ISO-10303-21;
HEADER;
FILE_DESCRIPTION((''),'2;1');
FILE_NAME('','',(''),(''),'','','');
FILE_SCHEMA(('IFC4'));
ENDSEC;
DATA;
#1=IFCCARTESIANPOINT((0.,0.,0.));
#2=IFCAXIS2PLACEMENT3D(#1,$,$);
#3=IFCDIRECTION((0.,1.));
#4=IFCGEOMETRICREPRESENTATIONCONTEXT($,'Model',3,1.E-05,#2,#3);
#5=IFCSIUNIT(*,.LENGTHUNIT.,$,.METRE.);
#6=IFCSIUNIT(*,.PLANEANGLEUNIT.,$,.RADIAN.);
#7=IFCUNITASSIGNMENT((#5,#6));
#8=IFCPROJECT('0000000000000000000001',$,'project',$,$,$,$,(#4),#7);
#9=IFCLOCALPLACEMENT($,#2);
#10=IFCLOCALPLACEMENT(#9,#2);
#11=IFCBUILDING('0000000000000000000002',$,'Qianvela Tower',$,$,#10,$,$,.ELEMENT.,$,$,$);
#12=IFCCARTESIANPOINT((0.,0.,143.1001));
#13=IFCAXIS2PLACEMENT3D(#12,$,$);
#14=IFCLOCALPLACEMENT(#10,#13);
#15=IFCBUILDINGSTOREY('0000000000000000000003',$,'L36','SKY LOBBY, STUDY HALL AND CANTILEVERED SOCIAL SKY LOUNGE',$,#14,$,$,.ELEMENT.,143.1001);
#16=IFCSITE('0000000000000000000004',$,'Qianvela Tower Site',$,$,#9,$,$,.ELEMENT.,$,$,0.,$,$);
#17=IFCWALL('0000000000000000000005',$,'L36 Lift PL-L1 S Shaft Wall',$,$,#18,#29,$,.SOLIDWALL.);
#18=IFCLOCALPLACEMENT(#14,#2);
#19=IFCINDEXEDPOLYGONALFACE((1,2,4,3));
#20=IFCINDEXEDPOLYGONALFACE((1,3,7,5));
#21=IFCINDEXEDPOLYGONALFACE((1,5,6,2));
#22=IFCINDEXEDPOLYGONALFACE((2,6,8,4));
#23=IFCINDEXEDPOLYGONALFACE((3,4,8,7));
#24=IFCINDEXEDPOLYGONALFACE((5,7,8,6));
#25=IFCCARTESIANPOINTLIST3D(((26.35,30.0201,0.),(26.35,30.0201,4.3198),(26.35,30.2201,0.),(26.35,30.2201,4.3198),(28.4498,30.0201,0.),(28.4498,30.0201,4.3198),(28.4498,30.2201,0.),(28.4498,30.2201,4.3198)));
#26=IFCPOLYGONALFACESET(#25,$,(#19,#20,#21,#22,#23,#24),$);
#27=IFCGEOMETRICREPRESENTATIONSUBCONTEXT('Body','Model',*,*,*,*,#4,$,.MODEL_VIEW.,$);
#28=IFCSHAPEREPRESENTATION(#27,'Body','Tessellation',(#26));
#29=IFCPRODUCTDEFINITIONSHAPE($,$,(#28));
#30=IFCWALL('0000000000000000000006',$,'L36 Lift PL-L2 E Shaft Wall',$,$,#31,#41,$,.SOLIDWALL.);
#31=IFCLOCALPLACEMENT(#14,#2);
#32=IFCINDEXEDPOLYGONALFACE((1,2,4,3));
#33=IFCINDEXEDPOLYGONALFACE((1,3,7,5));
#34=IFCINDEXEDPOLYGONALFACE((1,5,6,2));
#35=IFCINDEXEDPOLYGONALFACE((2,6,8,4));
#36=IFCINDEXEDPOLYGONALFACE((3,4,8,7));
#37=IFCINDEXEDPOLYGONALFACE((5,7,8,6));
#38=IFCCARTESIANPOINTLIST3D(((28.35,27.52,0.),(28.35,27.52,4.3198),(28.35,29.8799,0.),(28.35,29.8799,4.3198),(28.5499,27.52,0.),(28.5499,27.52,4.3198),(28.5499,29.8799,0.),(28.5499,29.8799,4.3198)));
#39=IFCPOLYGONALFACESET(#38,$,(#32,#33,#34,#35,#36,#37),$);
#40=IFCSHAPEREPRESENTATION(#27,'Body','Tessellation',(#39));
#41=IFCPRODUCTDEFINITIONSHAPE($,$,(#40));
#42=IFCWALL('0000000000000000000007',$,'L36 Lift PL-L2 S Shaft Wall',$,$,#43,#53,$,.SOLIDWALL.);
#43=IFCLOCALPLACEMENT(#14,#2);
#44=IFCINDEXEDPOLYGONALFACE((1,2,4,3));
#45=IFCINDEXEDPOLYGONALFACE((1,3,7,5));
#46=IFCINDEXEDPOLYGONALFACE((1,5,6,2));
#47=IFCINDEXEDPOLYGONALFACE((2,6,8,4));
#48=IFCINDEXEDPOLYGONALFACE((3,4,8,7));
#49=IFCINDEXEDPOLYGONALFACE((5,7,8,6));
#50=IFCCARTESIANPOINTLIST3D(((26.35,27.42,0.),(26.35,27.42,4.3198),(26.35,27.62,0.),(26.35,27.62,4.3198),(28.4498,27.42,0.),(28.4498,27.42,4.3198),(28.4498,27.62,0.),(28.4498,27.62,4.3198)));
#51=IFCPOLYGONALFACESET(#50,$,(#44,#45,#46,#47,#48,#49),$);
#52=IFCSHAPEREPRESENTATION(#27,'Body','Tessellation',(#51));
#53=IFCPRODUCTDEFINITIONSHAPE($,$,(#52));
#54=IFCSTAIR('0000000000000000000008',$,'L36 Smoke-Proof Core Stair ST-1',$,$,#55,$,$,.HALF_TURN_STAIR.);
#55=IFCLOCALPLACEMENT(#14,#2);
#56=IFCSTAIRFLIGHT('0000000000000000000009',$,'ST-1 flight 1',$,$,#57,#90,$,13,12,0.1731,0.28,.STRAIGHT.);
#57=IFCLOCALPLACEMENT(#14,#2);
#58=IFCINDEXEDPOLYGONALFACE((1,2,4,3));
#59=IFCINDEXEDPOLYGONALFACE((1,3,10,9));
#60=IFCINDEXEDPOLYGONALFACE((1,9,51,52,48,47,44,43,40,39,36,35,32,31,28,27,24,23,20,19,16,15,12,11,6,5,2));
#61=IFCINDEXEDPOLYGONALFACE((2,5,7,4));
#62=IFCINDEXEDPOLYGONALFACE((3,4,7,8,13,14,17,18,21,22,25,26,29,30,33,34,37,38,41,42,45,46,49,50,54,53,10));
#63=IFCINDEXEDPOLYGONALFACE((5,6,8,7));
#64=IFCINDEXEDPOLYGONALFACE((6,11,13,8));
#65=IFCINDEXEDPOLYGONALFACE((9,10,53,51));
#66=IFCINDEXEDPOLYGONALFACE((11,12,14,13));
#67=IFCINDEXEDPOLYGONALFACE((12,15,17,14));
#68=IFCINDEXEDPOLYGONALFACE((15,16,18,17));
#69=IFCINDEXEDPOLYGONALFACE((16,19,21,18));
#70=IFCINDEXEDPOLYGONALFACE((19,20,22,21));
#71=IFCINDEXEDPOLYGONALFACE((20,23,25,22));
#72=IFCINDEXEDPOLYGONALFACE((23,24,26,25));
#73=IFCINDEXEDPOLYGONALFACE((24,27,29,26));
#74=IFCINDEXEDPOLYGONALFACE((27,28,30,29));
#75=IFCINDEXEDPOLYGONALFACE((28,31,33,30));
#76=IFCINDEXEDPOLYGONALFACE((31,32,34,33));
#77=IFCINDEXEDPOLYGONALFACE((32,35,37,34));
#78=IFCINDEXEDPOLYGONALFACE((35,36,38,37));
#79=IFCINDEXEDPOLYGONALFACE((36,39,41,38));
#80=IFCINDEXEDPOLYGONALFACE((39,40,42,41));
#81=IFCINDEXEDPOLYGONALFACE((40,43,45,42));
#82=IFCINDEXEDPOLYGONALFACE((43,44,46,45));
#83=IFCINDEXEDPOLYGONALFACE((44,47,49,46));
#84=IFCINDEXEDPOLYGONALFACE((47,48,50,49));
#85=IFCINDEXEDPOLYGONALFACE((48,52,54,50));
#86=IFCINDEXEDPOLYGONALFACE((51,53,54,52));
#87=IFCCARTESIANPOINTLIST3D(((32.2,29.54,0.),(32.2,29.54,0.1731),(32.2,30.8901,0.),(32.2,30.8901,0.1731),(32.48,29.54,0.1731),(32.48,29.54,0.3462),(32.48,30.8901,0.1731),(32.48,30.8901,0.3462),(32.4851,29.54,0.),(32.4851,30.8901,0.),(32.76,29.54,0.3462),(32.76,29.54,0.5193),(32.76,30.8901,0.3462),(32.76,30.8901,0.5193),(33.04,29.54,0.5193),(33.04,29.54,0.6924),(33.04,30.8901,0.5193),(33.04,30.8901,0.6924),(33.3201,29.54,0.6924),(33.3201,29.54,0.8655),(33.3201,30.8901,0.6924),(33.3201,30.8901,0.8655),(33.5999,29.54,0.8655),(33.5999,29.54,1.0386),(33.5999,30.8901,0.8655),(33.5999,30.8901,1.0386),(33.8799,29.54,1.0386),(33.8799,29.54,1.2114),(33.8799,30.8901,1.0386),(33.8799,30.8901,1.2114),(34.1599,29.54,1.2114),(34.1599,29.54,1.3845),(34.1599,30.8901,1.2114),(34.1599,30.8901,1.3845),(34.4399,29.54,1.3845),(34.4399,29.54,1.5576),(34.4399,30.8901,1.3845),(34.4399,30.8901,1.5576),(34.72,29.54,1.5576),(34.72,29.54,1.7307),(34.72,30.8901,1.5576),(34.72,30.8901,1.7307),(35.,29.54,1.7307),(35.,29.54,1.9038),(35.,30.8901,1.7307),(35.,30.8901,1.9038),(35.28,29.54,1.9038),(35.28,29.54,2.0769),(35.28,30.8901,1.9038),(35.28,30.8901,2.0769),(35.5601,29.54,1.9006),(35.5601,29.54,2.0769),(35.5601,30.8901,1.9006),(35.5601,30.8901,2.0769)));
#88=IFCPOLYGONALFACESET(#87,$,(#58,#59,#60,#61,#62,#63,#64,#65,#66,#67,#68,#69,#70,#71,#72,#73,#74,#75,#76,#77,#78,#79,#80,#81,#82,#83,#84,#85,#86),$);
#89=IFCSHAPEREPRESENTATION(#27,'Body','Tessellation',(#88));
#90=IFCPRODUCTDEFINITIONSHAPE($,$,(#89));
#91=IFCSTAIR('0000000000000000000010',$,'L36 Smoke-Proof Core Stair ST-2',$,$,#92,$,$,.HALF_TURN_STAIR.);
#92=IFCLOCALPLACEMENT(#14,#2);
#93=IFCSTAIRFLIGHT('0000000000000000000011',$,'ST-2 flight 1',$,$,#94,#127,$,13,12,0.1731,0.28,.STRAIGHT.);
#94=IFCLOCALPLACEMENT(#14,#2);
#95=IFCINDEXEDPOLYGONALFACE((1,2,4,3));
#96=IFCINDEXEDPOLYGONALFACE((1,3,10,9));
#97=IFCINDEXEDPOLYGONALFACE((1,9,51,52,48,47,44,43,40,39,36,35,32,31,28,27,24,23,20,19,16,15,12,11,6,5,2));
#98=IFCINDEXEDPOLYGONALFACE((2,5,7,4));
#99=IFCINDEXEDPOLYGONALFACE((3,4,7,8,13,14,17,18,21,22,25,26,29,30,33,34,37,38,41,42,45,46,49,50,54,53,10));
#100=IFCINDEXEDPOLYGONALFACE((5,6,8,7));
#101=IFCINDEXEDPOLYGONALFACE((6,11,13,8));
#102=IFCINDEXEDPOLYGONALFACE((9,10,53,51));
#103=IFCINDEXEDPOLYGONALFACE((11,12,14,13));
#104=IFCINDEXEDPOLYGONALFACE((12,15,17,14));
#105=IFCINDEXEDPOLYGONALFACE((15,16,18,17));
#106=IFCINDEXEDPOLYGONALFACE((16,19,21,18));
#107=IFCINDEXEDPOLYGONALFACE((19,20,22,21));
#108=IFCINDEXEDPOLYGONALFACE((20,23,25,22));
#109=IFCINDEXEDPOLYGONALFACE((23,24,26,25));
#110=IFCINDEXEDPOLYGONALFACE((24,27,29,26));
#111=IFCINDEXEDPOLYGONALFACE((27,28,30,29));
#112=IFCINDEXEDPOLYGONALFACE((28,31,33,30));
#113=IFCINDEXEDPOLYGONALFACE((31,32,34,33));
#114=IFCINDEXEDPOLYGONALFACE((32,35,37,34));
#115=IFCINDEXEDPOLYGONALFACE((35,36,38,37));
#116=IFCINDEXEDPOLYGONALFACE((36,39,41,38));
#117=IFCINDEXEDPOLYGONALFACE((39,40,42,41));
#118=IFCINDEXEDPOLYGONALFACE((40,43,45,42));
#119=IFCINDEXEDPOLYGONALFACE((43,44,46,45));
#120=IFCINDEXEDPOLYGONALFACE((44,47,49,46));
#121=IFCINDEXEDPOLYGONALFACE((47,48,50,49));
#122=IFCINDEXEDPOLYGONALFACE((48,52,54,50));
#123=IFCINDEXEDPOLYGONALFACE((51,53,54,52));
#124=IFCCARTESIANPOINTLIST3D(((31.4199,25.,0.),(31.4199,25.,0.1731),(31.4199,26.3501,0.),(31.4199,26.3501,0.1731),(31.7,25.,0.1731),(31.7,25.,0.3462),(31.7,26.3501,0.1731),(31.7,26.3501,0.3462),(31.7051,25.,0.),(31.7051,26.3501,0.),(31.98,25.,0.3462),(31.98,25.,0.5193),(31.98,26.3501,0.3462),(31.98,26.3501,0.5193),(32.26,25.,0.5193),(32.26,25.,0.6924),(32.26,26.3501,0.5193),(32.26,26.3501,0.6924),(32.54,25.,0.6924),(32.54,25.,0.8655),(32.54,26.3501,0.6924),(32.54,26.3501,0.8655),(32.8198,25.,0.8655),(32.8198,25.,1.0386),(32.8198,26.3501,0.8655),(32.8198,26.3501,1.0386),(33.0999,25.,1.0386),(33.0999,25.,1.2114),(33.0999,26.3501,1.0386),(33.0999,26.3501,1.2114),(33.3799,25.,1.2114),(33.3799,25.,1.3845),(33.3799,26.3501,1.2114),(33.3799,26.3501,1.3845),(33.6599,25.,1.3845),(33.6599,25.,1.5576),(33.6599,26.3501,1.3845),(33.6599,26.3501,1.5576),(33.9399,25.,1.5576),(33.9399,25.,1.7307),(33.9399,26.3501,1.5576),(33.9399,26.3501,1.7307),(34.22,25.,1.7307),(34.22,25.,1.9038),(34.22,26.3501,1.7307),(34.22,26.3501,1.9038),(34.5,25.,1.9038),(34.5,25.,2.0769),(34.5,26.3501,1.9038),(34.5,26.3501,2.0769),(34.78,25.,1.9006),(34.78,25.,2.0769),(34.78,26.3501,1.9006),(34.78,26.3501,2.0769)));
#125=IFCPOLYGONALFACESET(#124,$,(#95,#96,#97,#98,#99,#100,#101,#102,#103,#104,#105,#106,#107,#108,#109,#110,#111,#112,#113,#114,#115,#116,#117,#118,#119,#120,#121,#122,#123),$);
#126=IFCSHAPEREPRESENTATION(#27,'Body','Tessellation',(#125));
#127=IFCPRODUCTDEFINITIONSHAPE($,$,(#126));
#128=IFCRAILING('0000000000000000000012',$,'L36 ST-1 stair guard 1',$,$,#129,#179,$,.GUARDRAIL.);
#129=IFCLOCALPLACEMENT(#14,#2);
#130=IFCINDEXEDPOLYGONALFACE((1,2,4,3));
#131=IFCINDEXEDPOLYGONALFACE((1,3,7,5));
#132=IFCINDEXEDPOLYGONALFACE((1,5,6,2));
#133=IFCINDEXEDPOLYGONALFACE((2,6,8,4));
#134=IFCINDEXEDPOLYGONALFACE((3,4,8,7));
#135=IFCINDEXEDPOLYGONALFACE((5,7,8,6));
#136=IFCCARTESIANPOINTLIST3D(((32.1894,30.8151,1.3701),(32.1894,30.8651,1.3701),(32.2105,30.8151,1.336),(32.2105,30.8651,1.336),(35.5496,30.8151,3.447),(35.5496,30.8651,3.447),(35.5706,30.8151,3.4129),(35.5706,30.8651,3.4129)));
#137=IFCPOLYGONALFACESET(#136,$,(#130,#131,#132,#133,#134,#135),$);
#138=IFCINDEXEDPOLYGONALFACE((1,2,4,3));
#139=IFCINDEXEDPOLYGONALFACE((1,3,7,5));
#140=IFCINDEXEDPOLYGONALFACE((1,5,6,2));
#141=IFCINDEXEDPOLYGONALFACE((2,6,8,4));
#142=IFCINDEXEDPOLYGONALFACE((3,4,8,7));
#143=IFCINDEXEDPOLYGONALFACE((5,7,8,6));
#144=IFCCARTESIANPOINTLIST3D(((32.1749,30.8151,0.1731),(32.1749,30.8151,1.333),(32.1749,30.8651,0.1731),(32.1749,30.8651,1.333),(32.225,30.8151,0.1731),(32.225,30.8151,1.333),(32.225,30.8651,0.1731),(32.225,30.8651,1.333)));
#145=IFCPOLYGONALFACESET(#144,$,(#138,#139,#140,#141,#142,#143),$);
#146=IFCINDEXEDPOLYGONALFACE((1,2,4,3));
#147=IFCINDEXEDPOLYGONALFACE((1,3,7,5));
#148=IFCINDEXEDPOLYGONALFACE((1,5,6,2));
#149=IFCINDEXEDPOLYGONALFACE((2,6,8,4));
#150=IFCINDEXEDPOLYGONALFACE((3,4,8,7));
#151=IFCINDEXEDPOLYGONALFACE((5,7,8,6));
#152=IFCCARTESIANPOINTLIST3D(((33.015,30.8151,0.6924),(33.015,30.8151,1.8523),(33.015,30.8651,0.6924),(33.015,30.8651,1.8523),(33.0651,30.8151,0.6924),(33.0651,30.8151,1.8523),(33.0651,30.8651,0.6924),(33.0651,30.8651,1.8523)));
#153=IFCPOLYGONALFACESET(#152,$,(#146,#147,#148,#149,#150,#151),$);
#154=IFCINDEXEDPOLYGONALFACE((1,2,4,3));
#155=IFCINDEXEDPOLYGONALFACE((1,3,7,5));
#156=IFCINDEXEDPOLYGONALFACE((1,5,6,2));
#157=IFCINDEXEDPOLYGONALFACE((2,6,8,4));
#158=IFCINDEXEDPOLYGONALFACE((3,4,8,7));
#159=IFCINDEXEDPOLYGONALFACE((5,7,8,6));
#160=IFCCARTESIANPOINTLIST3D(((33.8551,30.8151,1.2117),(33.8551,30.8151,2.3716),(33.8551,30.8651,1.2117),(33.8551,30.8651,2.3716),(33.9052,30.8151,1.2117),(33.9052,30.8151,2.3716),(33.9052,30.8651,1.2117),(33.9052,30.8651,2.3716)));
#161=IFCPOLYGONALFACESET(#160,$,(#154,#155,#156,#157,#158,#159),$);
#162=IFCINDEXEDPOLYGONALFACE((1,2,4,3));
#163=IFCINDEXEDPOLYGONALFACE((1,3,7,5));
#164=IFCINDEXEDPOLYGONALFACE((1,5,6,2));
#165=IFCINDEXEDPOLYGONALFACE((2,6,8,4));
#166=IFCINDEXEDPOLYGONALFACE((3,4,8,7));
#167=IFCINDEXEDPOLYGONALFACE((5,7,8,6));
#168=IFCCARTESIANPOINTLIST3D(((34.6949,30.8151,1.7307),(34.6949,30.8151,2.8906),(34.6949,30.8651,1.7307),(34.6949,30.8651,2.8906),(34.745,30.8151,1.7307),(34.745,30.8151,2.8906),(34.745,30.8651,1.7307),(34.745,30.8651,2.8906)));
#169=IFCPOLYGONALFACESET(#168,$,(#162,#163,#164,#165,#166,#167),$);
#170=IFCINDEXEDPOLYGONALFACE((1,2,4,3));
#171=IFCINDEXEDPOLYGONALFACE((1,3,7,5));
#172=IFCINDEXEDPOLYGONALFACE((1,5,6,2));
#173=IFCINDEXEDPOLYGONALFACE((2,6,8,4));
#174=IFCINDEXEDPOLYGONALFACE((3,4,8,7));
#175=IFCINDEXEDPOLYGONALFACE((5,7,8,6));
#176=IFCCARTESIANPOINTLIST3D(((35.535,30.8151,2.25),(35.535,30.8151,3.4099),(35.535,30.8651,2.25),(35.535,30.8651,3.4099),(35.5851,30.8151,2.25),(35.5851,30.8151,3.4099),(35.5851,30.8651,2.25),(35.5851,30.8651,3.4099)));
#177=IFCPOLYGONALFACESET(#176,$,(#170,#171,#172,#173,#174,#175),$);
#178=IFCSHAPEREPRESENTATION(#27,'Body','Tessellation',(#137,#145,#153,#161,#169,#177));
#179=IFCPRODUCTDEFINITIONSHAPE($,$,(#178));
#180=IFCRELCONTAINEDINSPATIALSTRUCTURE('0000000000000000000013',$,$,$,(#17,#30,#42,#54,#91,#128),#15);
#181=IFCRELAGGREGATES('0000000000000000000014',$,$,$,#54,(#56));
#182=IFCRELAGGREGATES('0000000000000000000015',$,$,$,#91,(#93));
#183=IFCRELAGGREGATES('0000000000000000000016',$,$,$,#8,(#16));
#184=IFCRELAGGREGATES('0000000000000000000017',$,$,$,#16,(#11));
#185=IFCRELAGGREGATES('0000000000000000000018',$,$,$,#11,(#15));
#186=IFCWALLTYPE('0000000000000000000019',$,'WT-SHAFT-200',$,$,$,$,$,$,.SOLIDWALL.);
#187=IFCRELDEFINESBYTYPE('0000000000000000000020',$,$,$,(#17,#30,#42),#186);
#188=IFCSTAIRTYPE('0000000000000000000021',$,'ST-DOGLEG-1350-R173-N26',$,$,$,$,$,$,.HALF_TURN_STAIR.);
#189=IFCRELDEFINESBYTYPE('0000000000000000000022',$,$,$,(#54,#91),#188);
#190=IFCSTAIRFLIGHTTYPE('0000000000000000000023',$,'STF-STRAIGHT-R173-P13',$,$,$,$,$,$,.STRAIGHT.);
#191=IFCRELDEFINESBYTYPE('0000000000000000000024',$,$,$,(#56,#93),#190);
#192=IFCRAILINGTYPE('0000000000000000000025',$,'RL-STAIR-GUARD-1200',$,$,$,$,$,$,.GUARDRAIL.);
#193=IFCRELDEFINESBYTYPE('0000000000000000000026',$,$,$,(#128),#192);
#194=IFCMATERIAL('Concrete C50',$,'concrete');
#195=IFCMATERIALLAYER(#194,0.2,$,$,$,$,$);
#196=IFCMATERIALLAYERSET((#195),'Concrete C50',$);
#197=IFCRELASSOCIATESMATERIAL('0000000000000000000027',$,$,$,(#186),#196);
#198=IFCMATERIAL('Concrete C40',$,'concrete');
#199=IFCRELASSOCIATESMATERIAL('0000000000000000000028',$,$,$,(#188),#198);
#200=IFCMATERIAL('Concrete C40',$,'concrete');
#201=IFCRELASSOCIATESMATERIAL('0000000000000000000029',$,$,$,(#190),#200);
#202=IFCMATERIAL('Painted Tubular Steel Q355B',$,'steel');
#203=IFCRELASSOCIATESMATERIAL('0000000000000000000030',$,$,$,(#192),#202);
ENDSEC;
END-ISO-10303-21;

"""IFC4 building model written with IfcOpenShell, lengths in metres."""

from ifc_helpers import new_model, si_unit, direction, frame, frame_2d, origin, origin_2d, place, context, subcontext, project, spatial, polyline, rectangle, outline, extrude, material, layer, layer_set, type_object, element, aggregate, save


model = new_model("IFC4")

# Units and contexts
model_context = context("Model", 3, precision=1e-05, world=origin(), true_north=direction((0.0, 1.0)))
body_context = subcontext(model_context, "Body", "Model", "MODEL_VIEW")
ifc_project = project(units=[si_unit("LENGTHUNIT", "METRE"), si_unit("PLANEANGLEUNIT", "RADIAN")], contexts=[model_context])

# Site, building, storey
site_placement = place(None, origin())
site = spatial("IfcSite", under=ifc_project, at=site_placement, Name="Qianvela Tower Site", CompositionType="ELEMENT", RefElevation=0.0)
building_placement = place(site_placement, origin())
building = spatial("IfcBuilding", under=site, at=building_placement, Name="Qianvela Tower", CompositionType="ELEMENT")
storey_placement = place(building_placement, frame((0.0, 0.0, 143.1001)))
storey = spatial("IfcBuildingStorey", under=building, at=storey_placement, Name="L36", Description="SKY LOBBY, STUDY HALL AND CANTILEVERED SOCIAL SKY LOUNGE", CompositionType="ELEMENT", Elevation=143.1001)

# Shared definitions
ifc_material_1 = material(Name="Concrete C50", Category="concrete")
ifc_layer_1 = layer(ifc_material_1, 0.2)
ifc_layer_set_1 = layer_set([ifc_layer_1], Name="Concrete C50")
wall_type_1 = type_object("IfcWallType", Name="WT-SHAFT-200", PredefinedType="SOLIDWALL", material=ifc_layer_set_1)

# Walls
for number, where, z_axis, x_axis, name in (
    (1, (26.3501, 30.1201, 0.0), (0.0, 0.0, 1.0), (1.0, 0.0, 0.0), "L36 Lift PL-L1 S Shaft Wall"),
):
    element("IfcWall", number, at=place(storey_placement, frame(where, z_axis=z_axis, x_axis=x_axis)), inside=storey, type_object=wall_type_1, Name=name, PredefinedType="SOLIDWALL", context=body_context, shape_type="SweptSolid", body=[
        extrude(rectangle(XDim=2.0999, YDim=0.2, at=frame_2d((1.0498, 0.0))), origin(), (0.0, 0.0, 1.0), 4.3198),
    ])
wall_1_placement = place(storey_placement, frame((28.45, 27.52, 0.0), z_axis=(0.0, 0.0, 1.0), x_axis=(0.0, 1.0, 0.0)))
element("IfcWall", 2, at=wall_1_placement, inside=storey, type_object=wall_type_1, Name="L36 Lift PL-L2 E Shaft Wall", PredefinedType="SOLIDWALL", context=body_context, shape_type="SweptSolid", body=[
    extrude(rectangle(XDim=2.3599, YDim=0.2, at=frame_2d((1.1799, 0.0))), origin(), (0.0, 0.0, 1.0), 4.3198),
])

# Wall
wall_2_placement = place(storey_placement, frame((26.3501, 27.52, 0.0), z_axis=(0.0, 0.0, 1.0), x_axis=(1.0, 0.0, 0.0)))
element("IfcWall", 3, at=wall_2_placement, inside=storey, type_object=wall_type_1, Name="L36 Lift PL-L2 S Shaft Wall", PredefinedType="SOLIDWALL", context=body_context, shape_type="SweptSolid", body=[
    extrude(rectangle(XDim=2.0999, YDim=0.2, at=frame_2d((1.0498, 0.0))), origin(), (0.0, 0.0, 1.0), 4.3198),
])

# Stairs, stair flights
ifc_material_2 = material(Name="Concrete C40", Category="concrete")
stair_type = type_object("IfcStairType", Name="ST-DOGLEG-1350-R173-N26", PredefinedType="HALF_TURN_STAIR", material=ifc_material_2)
stair_1_placement = place(storey_placement, origin())
stair_1 = element("IfcStair", 4, at=stair_1_placement, inside=storey, type_object=stair_type, Name="L36 Smoke-Proof Core Stair ST-1", PredefinedType="HALF_TURN_STAIR")
ifc_material_3 = material(Name="Concrete C40", Category="concrete")
stair_flight_type = type_object("IfcStairFlightType", Name="STF-STRAIGHT-R173-P13", PredefinedType="STRAIGHT", material=ifc_material_3)
stair_flight_1_placement = place(storey_placement, frame((32.2, 30.2151, 0.0), z_axis=(0.0, 0.0, 1.0), x_axis=(1.0, 0.0, 0.0)))
stair_flight_1 = element("IfcStairFlight", 5, at=stair_flight_1_placement, type_object=stair_flight_type, Name="ST-1 flight 1", NumberOfRisers=13, NumberOfTreads=12, PredefinedType="STRAIGHT", RiserHeight=0.1731, TreadLength=0.28, context=body_context, shape_type="SweptSolid", body=[
    extrude(outline(polyline([(0.0, 0.0), (0.0, 0.1731), (0.28, 0.1731), (0.28, 0.3462), (0.5601, 0.3462), (0.5601, 0.5193), (0.8401, 0.5193), (0.8401, 0.6924), (1.1201, 0.6924), (1.1201, 0.8655), (1.3999, 0.8655), (1.3999, 1.0386), (1.6799, 1.0386), (1.6799, 1.2114), (1.96, 1.2114), (1.96, 1.3845), (2.24, 1.3845), (2.24, 1.5576), (2.52, 1.5576), (2.52, 1.7307), (2.8, 1.7307), (2.8, 1.9038), (3.0801, 1.9038), (3.0801, 2.0769), (3.3601, 2.0769), (3.3601, 2.25), (3.3601, 1.9006), (0.2852, 0.0), (0.0, 0.0)])), frame((0.0, 0.675, 0.0), z_axis=(0.0, -1.0, 0.0), x_axis=(1.0, 0.0, 0.0)), (0.0, 0.0, 1.0), 1.3501),
])
aggregate(stair_1, [stair_flight_1])
stair_2_placement = place(storey_placement, origin())
stair_2 = element("IfcStair", 6, at=stair_2_placement, inside=storey, type_object=stair_type, Name="L36 Smoke-Proof Core Stair ST-2", PredefinedType="HALF_TURN_STAIR")
stair_flight_2_placement = place(storey_placement, frame((31.4199, 25.675, 0.0), z_axis=(0.0, 0.0, 1.0), x_axis=(1.0, 0.0, 0.0)))
stair_flight_2 = element("IfcStairFlight", 7, at=stair_flight_2_placement, type_object=stair_flight_type, Name="ST-2 flight 1", NumberOfRisers=13, NumberOfTreads=12, PredefinedType="STRAIGHT", RiserHeight=0.1731, TreadLength=0.28, context=body_context, shape_type="SweptSolid", body=[
    extrude(outline(polyline([(0.0, 0.0), (0.0, 0.1731), (0.28, 0.1731), (0.28, 0.3462), (0.5601, 0.3462), (0.5601, 0.5193), (0.8401, 0.5193), (0.8401, 0.6924), (1.1201, 0.6924), (1.1201, 0.8655), (1.3999, 0.8655), (1.3999, 1.0386), (1.6799, 1.0386), (1.6799, 1.2114), (1.96, 1.2114), (1.96, 1.3845), (2.24, 1.3845), (2.24, 1.5576), (2.52, 1.5576), (2.52, 1.7307), (2.8, 1.7307), (2.8, 1.9038), (3.0801, 1.9038), (3.0801, 2.0769), (3.3601, 2.0769), (3.3601, 2.25), (3.3601, 1.9006), (0.2852, 0.0), (0.0, 0.0)])), frame((0.0, 0.675, 0.0), z_axis=(0.0, -1.0, 0.0), x_axis=(1.0, 0.0, 0.0)), (0.0, 0.0, 1.0), 1.3501),
])
aggregate(stair_2, [stair_flight_2])

# Railing
ifc_material_4 = material(Name="Painted Tubular Steel Q355B", Category="steel")
railing_type_1 = type_object("IfcRailingType", Name="RL-STAIR-GUARD-1200", PredefinedType="GUARDRAIL", material=ifc_material_4)
railing_1_placement = place(storey_placement, frame((32.2, 30.8401, 0.1731)))
element("IfcRailing", 8, at=railing_1_placement, inside=storey, type_object=railing_type_1, Name="L36 ST-1 stair guard 1", PredefinedType="GUARDRAIL", context=body_context, shape_type="SweptSolid", body=[
    extrude(rectangle(XDim=0.05, YDim=0.04, at=origin_2d()), frame((0.0, 0.0, 1.1799), z_axis=(0.850623, 0.0, 0.525776), x_axis=(0.0, 1.0, 0.0)), (0.0, 0.0, 1.0), 3.9502),
    extrude(rectangle(XDim=0.05, YDim=0.05, at=origin_2d()), origin(), (0.0, 0.0, 1.0), 1.1599),
    extrude(rectangle(XDim=0.05, YDim=0.05, at=origin_2d()), frame((0.8401, 0.0, 0.5193)), (0.0, 0.0, 1.0), 1.1599),
    extrude(rectangle(XDim=0.05, YDim=0.05, at=origin_2d()), frame((1.6802, 0.0, 1.0386)), (0.0, 0.0, 1.0), 1.1599),
    extrude(rectangle(XDim=0.05, YDim=0.05, at=origin_2d()), frame((2.52, 0.0, 1.5576)), (0.0, 0.0, 1.0), 1.1599),
    extrude(rectangle(XDim=0.05, YDim=0.05, at=origin_2d()), frame((3.3601, 0.0, 2.0769)), (0.0, 0.0, 1.0), 1.1599),
])

save(model, "model.ifc")
